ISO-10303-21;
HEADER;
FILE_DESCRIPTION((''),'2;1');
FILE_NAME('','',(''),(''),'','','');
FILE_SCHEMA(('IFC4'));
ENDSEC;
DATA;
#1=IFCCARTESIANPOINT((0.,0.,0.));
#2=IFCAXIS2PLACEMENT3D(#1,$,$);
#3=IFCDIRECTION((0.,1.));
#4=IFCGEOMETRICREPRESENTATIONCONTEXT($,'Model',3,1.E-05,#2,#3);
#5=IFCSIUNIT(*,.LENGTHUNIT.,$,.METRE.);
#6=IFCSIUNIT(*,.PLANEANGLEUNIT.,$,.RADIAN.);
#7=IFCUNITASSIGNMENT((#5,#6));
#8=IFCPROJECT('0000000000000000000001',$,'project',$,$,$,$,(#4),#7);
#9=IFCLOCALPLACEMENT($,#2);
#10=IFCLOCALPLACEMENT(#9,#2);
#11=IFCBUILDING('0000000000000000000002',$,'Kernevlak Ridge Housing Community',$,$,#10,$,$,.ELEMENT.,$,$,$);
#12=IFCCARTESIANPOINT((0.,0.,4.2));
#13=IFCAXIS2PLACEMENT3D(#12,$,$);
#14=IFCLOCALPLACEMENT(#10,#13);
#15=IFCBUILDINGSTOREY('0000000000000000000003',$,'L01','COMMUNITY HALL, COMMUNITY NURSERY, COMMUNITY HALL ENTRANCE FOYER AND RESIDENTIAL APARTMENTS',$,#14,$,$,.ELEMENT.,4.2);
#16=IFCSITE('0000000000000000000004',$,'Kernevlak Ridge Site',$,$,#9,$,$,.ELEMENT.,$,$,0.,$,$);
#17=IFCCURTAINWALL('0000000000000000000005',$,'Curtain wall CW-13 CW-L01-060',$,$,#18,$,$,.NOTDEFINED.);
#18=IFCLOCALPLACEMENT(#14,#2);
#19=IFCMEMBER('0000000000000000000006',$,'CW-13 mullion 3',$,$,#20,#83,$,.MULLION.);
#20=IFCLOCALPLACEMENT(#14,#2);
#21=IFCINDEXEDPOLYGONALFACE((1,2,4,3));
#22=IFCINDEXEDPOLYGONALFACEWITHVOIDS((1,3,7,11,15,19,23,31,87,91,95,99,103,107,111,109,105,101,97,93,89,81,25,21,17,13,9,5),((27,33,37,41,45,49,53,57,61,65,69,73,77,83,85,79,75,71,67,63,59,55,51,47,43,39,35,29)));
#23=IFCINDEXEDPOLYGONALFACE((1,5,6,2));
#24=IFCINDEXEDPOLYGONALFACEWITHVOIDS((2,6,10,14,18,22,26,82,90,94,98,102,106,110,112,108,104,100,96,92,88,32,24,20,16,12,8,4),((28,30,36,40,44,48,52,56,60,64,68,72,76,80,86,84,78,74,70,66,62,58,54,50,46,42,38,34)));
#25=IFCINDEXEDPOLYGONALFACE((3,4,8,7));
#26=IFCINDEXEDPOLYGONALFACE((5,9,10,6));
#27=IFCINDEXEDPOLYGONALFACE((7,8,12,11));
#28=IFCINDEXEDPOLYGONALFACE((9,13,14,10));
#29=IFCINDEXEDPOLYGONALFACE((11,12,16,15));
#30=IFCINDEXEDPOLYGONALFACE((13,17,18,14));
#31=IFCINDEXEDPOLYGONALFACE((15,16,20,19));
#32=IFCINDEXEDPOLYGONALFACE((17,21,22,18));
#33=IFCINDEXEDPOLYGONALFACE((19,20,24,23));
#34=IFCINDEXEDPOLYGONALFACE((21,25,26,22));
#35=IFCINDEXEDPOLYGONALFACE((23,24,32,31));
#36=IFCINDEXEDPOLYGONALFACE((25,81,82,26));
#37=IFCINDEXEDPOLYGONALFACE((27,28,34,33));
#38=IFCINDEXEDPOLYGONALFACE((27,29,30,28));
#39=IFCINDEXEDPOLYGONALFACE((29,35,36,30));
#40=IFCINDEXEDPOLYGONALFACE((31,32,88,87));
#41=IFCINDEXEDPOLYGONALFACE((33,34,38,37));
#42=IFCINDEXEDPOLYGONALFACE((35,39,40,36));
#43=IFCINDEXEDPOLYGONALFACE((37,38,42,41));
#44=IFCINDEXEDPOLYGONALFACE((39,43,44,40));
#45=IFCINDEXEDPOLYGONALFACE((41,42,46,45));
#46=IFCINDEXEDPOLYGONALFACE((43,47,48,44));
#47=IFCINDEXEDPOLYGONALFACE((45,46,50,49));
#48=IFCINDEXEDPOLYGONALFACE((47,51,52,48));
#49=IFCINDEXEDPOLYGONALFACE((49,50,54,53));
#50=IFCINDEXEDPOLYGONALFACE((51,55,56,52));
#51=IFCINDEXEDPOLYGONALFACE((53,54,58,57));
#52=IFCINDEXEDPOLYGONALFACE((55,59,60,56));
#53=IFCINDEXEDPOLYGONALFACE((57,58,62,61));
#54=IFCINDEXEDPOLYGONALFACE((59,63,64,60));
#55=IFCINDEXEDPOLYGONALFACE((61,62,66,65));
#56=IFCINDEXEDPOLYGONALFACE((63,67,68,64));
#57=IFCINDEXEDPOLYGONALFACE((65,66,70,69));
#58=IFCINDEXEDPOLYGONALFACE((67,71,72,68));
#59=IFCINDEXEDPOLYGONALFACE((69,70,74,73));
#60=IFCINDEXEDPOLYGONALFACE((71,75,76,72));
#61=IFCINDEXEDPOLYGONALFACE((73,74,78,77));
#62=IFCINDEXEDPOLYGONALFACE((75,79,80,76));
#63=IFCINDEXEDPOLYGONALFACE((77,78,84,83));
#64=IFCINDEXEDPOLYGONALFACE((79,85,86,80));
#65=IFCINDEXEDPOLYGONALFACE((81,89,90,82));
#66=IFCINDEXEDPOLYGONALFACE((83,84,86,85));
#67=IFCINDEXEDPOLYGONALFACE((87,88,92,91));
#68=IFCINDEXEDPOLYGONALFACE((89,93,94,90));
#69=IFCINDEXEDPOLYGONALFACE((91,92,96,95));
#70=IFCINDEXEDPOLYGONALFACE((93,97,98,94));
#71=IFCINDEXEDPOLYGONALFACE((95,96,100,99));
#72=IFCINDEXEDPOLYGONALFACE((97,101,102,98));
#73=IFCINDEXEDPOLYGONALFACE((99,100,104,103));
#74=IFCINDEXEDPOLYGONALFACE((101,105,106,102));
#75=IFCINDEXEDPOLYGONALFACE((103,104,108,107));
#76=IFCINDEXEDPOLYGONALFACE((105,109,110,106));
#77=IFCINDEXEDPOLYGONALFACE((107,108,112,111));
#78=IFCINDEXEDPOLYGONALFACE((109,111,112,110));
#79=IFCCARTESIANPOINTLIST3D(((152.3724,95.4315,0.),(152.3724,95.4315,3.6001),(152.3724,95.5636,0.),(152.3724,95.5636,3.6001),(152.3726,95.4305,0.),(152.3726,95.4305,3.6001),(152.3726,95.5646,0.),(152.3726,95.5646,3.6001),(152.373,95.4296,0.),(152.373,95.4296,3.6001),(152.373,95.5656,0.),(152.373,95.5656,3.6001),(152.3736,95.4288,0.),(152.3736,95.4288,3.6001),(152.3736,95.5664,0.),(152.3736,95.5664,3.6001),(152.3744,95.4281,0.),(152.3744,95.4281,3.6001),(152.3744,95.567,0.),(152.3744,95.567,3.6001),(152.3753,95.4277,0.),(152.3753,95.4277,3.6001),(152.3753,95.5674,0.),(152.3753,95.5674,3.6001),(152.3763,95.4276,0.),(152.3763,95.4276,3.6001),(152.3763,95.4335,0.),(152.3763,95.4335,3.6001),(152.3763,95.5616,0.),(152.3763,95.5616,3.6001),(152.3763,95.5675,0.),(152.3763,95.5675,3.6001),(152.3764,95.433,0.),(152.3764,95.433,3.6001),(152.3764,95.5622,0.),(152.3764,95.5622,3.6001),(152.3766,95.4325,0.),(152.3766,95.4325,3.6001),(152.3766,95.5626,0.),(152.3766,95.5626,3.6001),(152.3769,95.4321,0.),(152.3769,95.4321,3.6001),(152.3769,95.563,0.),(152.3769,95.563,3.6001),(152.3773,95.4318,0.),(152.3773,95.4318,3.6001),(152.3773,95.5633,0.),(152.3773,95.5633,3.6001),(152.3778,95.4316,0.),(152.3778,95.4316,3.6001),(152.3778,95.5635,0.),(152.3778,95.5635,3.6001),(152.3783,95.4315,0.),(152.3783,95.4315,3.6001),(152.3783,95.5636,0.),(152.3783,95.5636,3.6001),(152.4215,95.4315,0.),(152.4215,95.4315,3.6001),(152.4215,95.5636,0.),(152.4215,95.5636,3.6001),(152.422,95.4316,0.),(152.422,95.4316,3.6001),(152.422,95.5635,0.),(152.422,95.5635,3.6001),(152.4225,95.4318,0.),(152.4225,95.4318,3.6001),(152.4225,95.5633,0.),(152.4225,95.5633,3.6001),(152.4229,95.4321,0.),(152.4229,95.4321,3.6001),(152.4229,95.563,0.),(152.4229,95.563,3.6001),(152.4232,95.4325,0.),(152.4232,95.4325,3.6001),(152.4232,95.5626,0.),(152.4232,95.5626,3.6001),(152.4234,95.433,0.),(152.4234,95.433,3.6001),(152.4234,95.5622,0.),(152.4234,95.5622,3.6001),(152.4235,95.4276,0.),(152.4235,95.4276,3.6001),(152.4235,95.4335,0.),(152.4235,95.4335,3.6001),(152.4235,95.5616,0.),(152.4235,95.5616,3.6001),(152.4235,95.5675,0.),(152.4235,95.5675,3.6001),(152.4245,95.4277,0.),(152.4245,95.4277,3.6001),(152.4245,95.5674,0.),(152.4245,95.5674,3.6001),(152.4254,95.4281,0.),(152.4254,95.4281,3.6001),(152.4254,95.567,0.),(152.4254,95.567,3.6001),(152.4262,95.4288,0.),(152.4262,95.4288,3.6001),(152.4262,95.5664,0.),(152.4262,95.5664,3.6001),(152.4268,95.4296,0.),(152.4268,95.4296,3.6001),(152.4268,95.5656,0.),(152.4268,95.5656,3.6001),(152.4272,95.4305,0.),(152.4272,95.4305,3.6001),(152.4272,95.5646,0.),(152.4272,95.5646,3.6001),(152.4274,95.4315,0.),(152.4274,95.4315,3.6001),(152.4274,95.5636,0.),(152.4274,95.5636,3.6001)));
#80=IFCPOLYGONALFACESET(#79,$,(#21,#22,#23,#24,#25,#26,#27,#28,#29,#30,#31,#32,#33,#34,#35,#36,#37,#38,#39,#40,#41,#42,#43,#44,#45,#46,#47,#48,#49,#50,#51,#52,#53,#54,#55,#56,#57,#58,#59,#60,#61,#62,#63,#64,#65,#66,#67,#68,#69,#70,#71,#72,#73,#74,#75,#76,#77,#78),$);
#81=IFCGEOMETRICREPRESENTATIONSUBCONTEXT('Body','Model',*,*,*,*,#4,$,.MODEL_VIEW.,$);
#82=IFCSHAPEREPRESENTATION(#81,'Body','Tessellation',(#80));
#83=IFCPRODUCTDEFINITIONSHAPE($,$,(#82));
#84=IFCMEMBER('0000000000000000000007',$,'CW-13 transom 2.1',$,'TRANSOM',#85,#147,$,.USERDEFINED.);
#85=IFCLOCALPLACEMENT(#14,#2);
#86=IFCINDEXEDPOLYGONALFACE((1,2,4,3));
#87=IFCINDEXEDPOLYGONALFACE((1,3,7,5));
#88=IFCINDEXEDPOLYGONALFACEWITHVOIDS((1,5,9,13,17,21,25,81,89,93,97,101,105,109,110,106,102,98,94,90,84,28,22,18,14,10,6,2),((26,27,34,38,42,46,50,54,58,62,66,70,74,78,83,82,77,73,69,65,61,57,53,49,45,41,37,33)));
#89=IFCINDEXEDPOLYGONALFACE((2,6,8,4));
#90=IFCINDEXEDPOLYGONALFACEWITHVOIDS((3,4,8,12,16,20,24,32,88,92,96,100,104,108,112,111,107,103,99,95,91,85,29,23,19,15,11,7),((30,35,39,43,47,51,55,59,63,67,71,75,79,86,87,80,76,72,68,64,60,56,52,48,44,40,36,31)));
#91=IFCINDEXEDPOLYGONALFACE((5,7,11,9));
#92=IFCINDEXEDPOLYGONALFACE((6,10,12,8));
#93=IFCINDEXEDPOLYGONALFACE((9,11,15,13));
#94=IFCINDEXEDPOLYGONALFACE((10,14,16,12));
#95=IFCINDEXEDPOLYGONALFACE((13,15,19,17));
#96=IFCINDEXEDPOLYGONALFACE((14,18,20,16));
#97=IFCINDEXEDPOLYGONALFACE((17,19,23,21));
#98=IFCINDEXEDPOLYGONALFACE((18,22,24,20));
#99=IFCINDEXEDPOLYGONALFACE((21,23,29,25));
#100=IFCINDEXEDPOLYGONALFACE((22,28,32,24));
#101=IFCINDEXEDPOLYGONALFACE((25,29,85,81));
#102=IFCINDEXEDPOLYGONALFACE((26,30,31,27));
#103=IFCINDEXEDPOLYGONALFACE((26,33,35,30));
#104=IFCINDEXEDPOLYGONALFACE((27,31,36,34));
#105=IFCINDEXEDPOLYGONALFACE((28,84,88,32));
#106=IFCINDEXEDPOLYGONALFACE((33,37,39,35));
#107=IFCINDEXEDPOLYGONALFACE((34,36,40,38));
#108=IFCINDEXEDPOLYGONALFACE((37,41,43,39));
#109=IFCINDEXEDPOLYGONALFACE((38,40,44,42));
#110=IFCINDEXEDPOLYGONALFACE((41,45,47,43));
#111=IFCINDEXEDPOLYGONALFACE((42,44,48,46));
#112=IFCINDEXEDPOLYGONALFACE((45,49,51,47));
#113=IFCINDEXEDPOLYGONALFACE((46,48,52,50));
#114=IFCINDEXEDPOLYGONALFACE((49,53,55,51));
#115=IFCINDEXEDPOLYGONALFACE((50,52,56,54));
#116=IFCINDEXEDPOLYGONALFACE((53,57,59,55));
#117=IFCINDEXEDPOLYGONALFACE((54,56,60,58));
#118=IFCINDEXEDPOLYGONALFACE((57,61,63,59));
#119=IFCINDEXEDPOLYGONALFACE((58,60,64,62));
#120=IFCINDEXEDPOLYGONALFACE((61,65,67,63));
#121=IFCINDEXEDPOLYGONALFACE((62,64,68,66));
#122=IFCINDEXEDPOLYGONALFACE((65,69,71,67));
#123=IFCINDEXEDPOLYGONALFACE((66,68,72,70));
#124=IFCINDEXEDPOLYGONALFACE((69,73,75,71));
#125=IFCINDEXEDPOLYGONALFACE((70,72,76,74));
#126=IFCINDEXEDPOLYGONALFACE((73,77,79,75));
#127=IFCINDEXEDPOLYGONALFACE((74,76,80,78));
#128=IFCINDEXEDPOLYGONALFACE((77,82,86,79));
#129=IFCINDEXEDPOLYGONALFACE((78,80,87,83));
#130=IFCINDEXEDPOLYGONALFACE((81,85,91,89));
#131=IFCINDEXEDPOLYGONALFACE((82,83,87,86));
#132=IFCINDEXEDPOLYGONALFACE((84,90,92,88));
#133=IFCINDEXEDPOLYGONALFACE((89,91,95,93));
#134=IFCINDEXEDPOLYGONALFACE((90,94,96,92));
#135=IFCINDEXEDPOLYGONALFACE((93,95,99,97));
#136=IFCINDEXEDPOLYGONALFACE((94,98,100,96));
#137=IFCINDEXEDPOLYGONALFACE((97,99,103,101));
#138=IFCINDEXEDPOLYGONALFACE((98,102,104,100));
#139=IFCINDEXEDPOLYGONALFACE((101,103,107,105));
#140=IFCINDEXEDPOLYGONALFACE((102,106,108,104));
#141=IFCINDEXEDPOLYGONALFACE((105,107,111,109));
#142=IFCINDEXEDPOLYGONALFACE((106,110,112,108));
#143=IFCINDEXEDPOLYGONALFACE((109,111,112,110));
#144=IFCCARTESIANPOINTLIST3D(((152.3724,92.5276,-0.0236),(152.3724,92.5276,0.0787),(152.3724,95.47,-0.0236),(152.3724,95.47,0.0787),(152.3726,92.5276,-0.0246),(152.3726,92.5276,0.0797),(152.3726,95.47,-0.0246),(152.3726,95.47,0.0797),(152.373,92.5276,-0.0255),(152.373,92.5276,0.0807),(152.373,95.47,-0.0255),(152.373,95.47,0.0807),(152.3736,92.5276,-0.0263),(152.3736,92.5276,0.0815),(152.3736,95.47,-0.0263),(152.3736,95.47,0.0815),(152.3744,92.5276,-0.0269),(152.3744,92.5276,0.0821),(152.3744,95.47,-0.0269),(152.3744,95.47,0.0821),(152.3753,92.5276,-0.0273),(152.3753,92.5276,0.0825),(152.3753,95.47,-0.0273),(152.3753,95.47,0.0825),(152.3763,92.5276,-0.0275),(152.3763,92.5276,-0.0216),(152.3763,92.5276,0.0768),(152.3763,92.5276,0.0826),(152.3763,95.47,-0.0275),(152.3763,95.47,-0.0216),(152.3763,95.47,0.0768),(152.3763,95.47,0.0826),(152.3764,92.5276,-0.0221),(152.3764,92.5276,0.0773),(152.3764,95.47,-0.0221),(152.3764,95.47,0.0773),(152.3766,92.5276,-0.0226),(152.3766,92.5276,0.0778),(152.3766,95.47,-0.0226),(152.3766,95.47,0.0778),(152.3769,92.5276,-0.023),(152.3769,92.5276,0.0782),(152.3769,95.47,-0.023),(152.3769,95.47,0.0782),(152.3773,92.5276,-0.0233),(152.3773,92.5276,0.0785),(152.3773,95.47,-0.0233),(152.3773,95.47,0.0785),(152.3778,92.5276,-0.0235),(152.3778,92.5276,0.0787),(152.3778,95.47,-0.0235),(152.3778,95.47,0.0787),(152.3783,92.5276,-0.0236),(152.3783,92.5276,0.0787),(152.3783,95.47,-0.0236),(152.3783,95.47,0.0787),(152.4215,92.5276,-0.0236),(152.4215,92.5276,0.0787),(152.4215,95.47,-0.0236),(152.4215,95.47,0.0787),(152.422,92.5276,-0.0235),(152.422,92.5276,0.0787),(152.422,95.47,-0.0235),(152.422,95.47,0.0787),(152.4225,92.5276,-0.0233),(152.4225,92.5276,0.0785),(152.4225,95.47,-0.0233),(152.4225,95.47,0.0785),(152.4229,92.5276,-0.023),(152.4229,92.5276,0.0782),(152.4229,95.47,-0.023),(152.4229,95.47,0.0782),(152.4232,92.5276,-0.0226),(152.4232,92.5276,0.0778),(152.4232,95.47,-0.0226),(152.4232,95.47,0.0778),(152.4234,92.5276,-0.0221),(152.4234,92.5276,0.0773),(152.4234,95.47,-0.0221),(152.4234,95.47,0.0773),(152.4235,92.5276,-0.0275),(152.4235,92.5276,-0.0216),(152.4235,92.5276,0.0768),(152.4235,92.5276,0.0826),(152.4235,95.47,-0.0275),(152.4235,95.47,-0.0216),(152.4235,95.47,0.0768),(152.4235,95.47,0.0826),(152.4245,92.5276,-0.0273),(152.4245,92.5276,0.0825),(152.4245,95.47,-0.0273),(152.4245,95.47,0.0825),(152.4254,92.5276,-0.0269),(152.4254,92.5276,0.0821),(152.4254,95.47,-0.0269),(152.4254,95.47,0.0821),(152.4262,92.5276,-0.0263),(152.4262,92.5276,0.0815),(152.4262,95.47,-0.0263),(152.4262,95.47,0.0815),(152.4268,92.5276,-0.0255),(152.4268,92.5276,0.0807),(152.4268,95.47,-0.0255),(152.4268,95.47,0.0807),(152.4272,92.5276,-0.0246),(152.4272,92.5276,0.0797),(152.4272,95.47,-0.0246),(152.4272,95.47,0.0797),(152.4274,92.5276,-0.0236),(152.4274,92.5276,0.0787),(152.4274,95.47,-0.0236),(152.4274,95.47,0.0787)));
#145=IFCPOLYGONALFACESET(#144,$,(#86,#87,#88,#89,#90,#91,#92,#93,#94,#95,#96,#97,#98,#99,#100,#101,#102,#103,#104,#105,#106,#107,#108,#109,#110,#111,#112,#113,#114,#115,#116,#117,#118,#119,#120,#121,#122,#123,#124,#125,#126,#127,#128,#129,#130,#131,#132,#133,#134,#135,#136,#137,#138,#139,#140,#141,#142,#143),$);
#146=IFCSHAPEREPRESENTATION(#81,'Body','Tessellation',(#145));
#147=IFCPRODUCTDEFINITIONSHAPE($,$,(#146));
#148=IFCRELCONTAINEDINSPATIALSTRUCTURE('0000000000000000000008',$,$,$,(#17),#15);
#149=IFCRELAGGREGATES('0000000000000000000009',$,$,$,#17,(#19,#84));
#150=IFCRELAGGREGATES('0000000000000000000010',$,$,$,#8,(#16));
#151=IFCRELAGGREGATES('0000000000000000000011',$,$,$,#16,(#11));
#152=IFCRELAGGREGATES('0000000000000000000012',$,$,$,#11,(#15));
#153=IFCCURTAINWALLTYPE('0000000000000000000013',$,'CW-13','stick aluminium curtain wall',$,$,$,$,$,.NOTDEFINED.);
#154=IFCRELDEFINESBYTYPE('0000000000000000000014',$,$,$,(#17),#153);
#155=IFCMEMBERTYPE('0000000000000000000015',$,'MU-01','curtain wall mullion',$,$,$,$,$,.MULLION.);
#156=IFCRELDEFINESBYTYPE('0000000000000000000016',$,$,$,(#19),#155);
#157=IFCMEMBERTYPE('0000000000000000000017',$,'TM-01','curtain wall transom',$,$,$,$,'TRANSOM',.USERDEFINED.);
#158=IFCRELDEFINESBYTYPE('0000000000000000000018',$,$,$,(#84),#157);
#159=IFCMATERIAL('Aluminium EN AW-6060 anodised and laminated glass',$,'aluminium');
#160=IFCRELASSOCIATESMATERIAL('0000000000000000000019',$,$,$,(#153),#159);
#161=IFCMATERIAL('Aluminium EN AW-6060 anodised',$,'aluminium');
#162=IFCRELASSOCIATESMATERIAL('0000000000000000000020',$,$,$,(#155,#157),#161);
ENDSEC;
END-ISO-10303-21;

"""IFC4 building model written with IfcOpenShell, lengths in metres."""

from ifc_helpers import new_model, si_unit, direction, frame, origin, origin_2d, place, context, subcontext, project, spatial, hollow_rectangle, extrude, material, material_profile, profile_set, type_object, element, aggregate, save


model = new_model("IFC4")

# Units and contexts
model_context = context("Model", 3, precision=1e-05, world=origin(), true_north=direction((0.0, 1.0)))
body_context = subcontext(model_context, "Body", "Model", "MODEL_VIEW")
ifc_project = project(units=[si_unit("LENGTHUNIT", "METRE"), si_unit("PLANEANGLEUNIT", "RADIAN")], contexts=[model_context])

# Site, building, storey
site_placement = place(None, origin())
site = spatial("IfcSite", under=ifc_project, at=site_placement, Name="Kernevlak Ridge Site", CompositionType="ELEMENT", RefElevation=0.0)
building_placement = place(site_placement, origin())
building = spatial("IfcBuilding", under=site, at=building_placement, Name="Kernevlak Ridge Housing Community", CompositionType="ELEMENT")
storey_placement = place(building_placement, frame((0.0, 0.0, 4.2)))
storey = spatial("IfcBuildingStorey", under=building, at=storey_placement, Name="L01", Description="COMMUNITY HALL, COMMUNITY NURSERY, COMMUNITY HALL ENTRANCE FOYER AND RESIDENTIAL APARTMENTS", CompositionType="ELEMENT", Elevation=4.2)

# Curtain wall, members
ifc_material_1 = material(Name="Aluminium EN AW-6060 anodised and laminated glass", Category="aluminium")
curtain_wall_type = type_object("IfcCurtainWallType", Name="CW-13", Description="stick aluminium curtain wall", PredefinedType="NOTDEFINED", material=ifc_material_1)
curtain_wall_placement = place(storey_placement, origin())
curtain_wall = element("IfcCurtainWall", 1, at=curtain_wall_placement, inside=storey, type_object=curtain_wall_type, Name="Curtain wall CW-13 CW-L01-060", PredefinedType="NOTDEFINED")
ifc_material_2 = material(Name="Aluminium EN AW-6060 anodised", Category="aluminium")
ifc_material_profile_1 = material_profile(ifc_material_2, hollow_rectangle(XDim=0.0549, YDim=0.1399, WallThickness=0.0039, InnerFilletRadius=0.002, OuterFilletRadius=0.0039, at=origin_2d()), Name="ALU 55x140x4")
ifc_profile_set_1 = profile_set([ifc_material_profile_1], Name="Aluminium EN AW-6060 anodised")
member_type_1 = type_object("IfcMemberType", Name="MU-01", Description="curtain wall mullion", PredefinedType="MULLION", material=ifc_profile_set_1)
member_1_placement = place(storey_placement, frame((152.3999, 95.4976, 0.0), z_axis=(0.0, 0.0, 1.0), x_axis=(-1.0, 0.0, 0.0)))
member_1 = element("IfcMember", 2, at=member_1_placement, type_object=member_type_1, Name="CW-13 mullion 3", PredefinedType="MULLION", context=body_context, shape_type="SweptSolid", body=[
    extrude(hollow_rectangle(XDim=0.0549, YDim=0.1399, WallThickness=0.0039, InnerFilletRadius=0.002, OuterFilletRadius=0.0039, at=origin_2d()), origin(), (0.0, 0.0, 1.0), 3.6001),
])
ifc_material_profile_2 = material_profile(ifc_material_2, hollow_rectangle(XDim=0.0549, YDim=0.1101, WallThickness=0.0039, InnerFilletRadius=0.002, OuterFilletRadius=0.0039, at=origin_2d()), Name="ALU 55x110x4")
ifc_profile_set_2 = profile_set([ifc_material_profile_2], Name="Aluminium EN AW-6060 anodised")
member_type_2 = type_object("IfcMemberType", Name="TM-01", Description="curtain wall transom", ElementType="TRANSOM", PredefinedType="USERDEFINED", material=ifc_profile_set_2)
member_2_placement = place(storey_placement, frame((152.3999, 92.5276, 0.0276), z_axis=(0.0, 1.0, 0.0), x_axis=(-1.0, 0.0, 0.0)))
member_2 = element("IfcMember", 3, at=member_2_placement, type_object=member_type_2, Name="CW-13 transom 2.1", ObjectType="TRANSOM", PredefinedType="USERDEFINED", context=body_context, shape_type="SweptSolid", body=[
    extrude(hollow_rectangle(XDim=0.0549, YDim=0.1101, WallThickness=0.0039, InnerFilletRadius=0.002, OuterFilletRadius=0.0039, at=origin_2d()), origin(), (0.0, 0.0, 1.0), 2.9424),
])
aggregate(curtain_wall, [member_1, member_2])

save(model, "model.ifc")
